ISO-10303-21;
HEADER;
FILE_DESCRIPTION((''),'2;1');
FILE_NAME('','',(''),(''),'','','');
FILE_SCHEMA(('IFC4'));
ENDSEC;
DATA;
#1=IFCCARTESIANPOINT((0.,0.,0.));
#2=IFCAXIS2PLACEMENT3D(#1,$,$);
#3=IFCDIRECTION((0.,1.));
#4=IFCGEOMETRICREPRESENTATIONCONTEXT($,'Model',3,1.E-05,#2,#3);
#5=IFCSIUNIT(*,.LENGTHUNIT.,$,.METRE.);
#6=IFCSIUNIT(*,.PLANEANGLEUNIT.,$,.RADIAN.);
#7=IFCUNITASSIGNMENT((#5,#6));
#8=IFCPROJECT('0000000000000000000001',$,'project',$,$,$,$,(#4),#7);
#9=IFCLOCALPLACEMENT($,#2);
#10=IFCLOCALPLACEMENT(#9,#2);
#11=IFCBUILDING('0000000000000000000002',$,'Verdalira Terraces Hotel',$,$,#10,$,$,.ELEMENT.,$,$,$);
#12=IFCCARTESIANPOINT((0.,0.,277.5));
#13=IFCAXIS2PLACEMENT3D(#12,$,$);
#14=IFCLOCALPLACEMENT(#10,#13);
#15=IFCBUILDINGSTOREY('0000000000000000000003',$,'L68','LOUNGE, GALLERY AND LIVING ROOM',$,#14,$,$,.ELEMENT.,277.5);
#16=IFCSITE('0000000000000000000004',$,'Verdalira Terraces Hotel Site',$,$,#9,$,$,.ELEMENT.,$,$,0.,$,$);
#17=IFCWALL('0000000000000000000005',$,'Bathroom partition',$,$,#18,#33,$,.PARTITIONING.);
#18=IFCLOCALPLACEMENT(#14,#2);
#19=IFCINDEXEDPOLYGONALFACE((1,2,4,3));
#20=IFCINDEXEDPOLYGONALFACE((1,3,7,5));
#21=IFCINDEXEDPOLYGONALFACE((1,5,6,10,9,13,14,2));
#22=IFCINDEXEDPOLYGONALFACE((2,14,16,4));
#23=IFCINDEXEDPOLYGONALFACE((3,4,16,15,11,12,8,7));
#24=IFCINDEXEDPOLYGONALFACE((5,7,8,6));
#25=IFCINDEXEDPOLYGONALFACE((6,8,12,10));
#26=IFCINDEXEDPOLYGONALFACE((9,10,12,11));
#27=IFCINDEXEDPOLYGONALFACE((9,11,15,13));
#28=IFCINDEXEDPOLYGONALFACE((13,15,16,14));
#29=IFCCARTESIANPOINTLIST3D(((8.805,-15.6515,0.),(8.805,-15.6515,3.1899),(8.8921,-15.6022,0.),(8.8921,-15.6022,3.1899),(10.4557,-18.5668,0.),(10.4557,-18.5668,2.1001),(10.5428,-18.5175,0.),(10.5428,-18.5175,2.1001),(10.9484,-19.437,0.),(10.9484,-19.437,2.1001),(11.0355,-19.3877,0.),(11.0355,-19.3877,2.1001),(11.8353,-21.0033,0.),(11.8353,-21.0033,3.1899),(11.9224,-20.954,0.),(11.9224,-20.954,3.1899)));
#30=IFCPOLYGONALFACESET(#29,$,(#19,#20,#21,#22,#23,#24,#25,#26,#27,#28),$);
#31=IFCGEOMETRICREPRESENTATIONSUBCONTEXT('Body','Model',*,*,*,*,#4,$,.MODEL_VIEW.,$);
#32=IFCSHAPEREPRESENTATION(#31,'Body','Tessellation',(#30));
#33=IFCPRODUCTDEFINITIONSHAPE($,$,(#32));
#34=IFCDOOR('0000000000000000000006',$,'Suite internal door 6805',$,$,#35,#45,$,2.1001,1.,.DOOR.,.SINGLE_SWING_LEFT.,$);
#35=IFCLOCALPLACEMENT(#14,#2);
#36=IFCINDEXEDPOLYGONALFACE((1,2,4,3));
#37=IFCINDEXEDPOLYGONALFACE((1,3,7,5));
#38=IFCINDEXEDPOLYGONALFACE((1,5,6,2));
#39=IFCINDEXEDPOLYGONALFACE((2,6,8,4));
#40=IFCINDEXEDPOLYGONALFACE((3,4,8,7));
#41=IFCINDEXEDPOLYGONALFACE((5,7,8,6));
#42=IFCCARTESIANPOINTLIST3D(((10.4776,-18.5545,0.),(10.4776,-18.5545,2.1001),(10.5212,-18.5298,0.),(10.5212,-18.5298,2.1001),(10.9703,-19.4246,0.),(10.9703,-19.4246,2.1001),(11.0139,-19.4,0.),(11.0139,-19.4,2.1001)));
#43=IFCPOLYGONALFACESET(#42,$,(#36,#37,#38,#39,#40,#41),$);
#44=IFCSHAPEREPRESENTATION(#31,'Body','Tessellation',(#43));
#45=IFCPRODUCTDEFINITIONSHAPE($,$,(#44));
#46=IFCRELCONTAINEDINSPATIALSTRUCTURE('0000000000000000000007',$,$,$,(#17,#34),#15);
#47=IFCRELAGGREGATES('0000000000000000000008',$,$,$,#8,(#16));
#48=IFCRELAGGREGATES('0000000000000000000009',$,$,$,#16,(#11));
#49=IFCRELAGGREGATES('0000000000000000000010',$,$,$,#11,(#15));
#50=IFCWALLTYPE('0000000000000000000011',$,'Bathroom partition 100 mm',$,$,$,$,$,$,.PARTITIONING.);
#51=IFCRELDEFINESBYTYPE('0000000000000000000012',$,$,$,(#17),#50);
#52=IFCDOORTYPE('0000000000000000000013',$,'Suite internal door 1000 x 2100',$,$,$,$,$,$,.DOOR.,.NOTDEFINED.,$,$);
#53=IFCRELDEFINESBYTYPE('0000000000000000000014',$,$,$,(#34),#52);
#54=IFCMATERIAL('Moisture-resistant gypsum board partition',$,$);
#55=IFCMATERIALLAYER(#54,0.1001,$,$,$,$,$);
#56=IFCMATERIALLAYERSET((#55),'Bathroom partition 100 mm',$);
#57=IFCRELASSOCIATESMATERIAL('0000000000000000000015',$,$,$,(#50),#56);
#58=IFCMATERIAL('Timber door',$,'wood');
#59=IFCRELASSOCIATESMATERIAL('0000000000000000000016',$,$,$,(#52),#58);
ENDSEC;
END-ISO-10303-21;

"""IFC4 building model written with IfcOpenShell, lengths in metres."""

from ifc_helpers import new_model, si_unit, direction, frame, frame_2d, origin, place, context, subcontext, project, spatial, rectangle, extrude, material, layer, layer_set, type_object, element, fill, save


model = new_model("IFC4")

# Units and contexts
model_context = context("Model", 3, precision=1e-05, world=origin(), true_north=direction((0.0, 1.0)))
body_context = subcontext(model_context, "Body", "Model", "MODEL_VIEW")
ifc_project = project(units=[si_unit("LENGTHUNIT", "METRE"), si_unit("PLANEANGLEUNIT", "RADIAN")], contexts=[model_context])

# Site, building, storey
site_placement = place(None, origin())
site = spatial("IfcSite", under=ifc_project, at=site_placement, Name="Verdalira Terraces Hotel Site", CompositionType="ELEMENT", RefElevation=0.0)
building_placement = place(site_placement, origin())
building = spatial("IfcBuilding", under=site, at=building_placement, Name="Verdalira Terraces Hotel", CompositionType="ELEMENT")
storey_placement = place(building_placement, frame((0.0, 0.0, 277.5)))
storey = spatial("IfcBuildingStorey", under=building, at=storey_placement, Name="L68", Description="LOUNGE, GALLERY AND LIVING ROOM", CompositionType="ELEMENT", Elevation=277.5)

# Wall, opening, door
ifc_material_1 = material(Name="Moisture-resistant gypsum board partition")
ifc_layer_1 = layer(ifc_material_1, 0.1001)
ifc_layer_set_1 = layer_set([ifc_layer_1], Name="Bathroom partition 100 mm")
wall_type_1 = type_object("IfcWallType", Name="Bathroom partition 100 mm", PredefinedType="PARTITIONING", material=ifc_layer_set_1)
wall_1_placement = place(storey_placement, frame((11.8789, -20.9788, 0.0), z_axis=(0.0, 0.0, 1.0), x_axis=(-0.492715, 0.870191, 0.0)))
wall_1 = element("IfcWall", 1, at=wall_1_placement, inside=storey, type_object=wall_type_1, Name="Bathroom partition", PredefinedType="PARTITIONING", context=body_context, shape_type="SweptSolid", body=[
    extrude(rectangle(XDim=6.1501, YDim=0.1001, at=frame_2d((3.0752, 0.0))), origin(), (0.0, 0.0, 1.0), 3.1899),
])
opening_1_placement = place(wall_1_placement, frame((1.8, 0.0, 0.0)))
opening_1 = element("IfcOpeningElement", 2, at=opening_1_placement, cuts=wall_1, PredefinedType="OPENING", context=body_context, shape_type="SweptSolid", body=[
    extrude(rectangle(XDim=1.0, YDim=2.1001, at=frame_2d((0.5, 1.05))), frame((0.0, 0.0601, 0.0), z_axis=(0.0, -1.0, 0.0), x_axis=(1.0, 0.0, 0.0)), (0.0, 0.0, 1.0), 0.1201),
])
ifc_material_2 = material(Name="Timber door", Category="wood")
door_type_1 = type_object("IfcDoorType", Name="Suite internal door 1000 x 2100", OperationType="NOTDEFINED", PredefinedType="DOOR", material=ifc_material_2)
door_1_placement = place(opening_1_placement, origin())
door_1 = element("IfcDoor", 3, at=door_1_placement, inside=storey, type_object=door_type_1, Name="Suite internal door 6805", OperationType="SINGLE_SWING_LEFT", OverallHeight=2.1001, OverallWidth=1.0, PredefinedType="DOOR", context=body_context, shape_type="SweptSolid", body=[
    extrude(rectangle(XDim=1.0, YDim=2.1001, at=frame_2d((0.5, 1.05))), frame((0.0, 0.0249, 0.0), z_axis=(0.0, -1.0, 0.0), x_axis=(1.0, 0.0, 0.0)), (0.0, 0.0, 1.0), 0.05),
])
fill(opening_1, door_1)

save(model, "model.ifc")
